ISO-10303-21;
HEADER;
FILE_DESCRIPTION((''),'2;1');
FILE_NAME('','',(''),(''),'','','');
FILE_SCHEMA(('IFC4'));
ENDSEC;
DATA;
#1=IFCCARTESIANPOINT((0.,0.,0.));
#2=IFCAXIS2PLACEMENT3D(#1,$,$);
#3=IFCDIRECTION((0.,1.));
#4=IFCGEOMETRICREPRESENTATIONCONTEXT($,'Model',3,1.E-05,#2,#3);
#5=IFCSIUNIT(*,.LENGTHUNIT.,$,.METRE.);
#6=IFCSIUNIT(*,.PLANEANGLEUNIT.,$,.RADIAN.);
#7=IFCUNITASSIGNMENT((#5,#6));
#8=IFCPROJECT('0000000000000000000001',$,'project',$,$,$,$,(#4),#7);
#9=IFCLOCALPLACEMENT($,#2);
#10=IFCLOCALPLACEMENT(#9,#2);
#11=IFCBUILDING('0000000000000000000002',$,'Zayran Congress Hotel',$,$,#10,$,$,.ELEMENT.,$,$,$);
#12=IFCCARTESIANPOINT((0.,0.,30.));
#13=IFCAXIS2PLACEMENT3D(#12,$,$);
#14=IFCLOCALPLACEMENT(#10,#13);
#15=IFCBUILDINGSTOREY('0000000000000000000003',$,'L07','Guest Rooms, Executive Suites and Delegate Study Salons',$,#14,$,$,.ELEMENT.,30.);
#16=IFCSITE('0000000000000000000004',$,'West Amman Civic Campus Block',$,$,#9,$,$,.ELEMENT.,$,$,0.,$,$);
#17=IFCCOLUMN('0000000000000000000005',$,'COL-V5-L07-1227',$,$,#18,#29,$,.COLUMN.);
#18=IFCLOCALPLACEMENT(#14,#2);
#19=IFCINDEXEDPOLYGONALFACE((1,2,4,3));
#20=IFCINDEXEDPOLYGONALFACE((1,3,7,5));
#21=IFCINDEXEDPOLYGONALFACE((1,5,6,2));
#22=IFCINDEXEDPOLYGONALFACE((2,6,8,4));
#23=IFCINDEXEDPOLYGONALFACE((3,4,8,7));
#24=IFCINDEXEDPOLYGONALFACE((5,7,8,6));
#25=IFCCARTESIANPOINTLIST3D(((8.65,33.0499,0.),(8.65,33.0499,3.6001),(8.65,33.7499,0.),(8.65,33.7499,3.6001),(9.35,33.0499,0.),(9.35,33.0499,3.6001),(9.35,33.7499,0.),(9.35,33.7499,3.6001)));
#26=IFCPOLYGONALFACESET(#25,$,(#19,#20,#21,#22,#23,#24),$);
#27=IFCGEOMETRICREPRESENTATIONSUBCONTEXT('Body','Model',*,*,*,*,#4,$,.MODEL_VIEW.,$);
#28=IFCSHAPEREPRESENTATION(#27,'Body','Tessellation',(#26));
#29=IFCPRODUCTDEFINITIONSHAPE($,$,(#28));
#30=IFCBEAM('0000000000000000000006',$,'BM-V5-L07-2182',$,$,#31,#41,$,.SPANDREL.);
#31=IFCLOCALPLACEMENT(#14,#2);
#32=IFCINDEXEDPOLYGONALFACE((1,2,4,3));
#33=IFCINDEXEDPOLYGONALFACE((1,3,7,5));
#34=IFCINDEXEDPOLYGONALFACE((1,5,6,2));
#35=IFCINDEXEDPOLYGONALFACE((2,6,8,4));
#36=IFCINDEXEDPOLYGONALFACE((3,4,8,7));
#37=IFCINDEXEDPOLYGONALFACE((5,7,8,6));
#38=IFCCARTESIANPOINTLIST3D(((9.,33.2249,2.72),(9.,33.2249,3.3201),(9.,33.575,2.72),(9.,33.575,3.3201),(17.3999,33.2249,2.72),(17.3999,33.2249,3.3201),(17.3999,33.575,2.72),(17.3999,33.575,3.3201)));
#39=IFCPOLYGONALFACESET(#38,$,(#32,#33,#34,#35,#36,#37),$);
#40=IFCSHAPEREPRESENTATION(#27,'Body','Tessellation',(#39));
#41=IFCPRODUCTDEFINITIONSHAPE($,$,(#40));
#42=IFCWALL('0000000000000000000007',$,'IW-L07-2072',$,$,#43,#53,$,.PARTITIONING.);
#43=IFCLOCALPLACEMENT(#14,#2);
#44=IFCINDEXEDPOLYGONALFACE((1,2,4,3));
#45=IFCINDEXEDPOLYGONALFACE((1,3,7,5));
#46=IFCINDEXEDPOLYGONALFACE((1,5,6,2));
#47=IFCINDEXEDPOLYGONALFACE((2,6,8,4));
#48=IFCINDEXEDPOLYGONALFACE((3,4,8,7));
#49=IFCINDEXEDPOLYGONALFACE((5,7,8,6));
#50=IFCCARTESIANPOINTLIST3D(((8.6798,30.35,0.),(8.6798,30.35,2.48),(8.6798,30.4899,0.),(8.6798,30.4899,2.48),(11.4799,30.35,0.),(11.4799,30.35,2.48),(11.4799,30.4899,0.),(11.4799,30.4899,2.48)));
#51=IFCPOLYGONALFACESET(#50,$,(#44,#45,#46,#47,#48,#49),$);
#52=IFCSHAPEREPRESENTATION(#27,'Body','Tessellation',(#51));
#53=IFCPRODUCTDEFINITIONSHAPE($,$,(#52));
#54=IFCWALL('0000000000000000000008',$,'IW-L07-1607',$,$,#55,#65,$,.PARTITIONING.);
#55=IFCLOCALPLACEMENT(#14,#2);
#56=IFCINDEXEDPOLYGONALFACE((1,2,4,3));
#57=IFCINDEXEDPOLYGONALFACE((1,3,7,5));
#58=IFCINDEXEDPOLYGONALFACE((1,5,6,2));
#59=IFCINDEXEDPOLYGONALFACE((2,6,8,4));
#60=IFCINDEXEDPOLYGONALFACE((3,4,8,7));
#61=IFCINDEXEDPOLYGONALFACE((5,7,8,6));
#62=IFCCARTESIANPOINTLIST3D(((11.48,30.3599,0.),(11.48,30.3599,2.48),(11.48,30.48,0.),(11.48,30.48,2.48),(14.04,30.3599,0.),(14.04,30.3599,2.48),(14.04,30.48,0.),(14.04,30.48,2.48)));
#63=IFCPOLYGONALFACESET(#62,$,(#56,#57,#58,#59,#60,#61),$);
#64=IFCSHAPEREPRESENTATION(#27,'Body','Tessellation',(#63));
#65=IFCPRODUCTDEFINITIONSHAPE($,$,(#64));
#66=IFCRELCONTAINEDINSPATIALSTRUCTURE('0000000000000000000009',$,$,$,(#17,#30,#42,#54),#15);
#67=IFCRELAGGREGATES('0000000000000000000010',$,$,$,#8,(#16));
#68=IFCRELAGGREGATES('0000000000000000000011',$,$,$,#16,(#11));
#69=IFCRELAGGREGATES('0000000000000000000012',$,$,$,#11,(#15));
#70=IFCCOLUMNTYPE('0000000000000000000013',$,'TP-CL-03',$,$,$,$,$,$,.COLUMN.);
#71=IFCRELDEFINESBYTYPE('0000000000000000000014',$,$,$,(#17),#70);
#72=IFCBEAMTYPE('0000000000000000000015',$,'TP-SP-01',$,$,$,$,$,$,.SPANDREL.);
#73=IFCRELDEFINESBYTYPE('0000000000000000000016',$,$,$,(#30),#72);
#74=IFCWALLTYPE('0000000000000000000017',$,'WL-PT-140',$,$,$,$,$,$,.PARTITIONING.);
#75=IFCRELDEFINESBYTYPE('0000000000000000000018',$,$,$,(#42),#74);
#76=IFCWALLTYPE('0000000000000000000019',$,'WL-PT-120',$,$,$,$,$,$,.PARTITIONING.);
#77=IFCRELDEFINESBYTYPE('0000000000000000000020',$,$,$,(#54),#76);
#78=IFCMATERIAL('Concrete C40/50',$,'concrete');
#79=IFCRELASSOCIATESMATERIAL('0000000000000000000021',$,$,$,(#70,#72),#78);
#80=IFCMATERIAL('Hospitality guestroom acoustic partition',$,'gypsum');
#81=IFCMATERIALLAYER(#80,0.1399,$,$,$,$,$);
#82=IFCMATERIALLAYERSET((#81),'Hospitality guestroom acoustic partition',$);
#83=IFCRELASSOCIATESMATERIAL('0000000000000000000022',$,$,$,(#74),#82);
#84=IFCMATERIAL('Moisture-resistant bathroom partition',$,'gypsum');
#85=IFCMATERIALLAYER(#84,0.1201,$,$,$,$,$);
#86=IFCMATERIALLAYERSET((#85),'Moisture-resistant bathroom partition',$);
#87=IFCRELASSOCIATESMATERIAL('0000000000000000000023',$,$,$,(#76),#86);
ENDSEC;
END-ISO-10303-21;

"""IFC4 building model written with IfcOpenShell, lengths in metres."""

from ifc_helpers import new_model, si_unit, direction, frame, frame_2d, origin, origin_2d, place, context, subcontext, project, spatial, rectangle, extrude, material, layer, layer_set, material_profile, profile_set, type_object, element, save


model = new_model("IFC4")

# Units and contexts
model_context = context("Model", 3, precision=1e-05, world=origin(), true_north=direction((0.0, 1.0)))
body_context = subcontext(model_context, "Body", "Model", "MODEL_VIEW")
ifc_project = project(units=[si_unit("LENGTHUNIT", "METRE"), si_unit("PLANEANGLEUNIT", "RADIAN")], contexts=[model_context])

# Site, building, storey
site_placement = place(None, origin())
site = spatial("IfcSite", under=ifc_project, at=site_placement, Name="West Amman Civic Campus Block", CompositionType="ELEMENT", RefElevation=0.0)
building_placement = place(site_placement, origin())
building = spatial("IfcBuilding", under=site, at=building_placement, Name="Zayran Congress Hotel", CompositionType="ELEMENT")
storey_placement = place(building_placement, frame((0.0, 0.0, 30.0)))
storey = spatial("IfcBuildingStorey", under=building, at=storey_placement, Name="L07", Description="Guest Rooms, Executive Suites and Delegate Study Salons", CompositionType="ELEMENT", Elevation=30.0)

# Column
ifc_material_1 = material(Name="Concrete C40/50", Category="concrete")
ifc_material_profile_1 = material_profile(ifc_material_1, rectangle(XDim=0.7, YDim=0.7, at=origin_2d()), Name="RC 700x700")
ifc_profile_set_1 = profile_set([ifc_material_profile_1], Name="Concrete C40/50")
column_type = type_object("IfcColumnType", Name="TP-CL-03", PredefinedType="COLUMN", material=ifc_profile_set_1)
column_placement = place(storey_placement, frame((9.0, 33.3999, 0.0), z_axis=(0.0, 0.0, 1.0), x_axis=(1.0, 0.0, 0.0)))
element("IfcColumn", 1, at=column_placement, inside=storey, type_object=column_type, Name="COL-V5-L07-1227", PredefinedType="COLUMN", context=body_context, shape_type="SweptSolid", body=[
    extrude(rectangle(XDim=0.7, YDim=0.7, at=origin_2d()), origin(), (0.0, 0.0, 1.0), 3.6001),
])

# Beam
ifc_material_profile_2 = material_profile(ifc_material_1, rectangle(XDim=0.3501, YDim=0.6001, at=origin_2d()), Name="RC 350x600")
ifc_profile_set_2 = profile_set([ifc_material_profile_2], Name="Concrete C40/50")
beam_type = type_object("IfcBeamType", Name="TP-SP-01", PredefinedType="SPANDREL", material=ifc_profile_set_2)
beam_placement = place(storey_placement, frame((9.0, 33.3999, 3.02), z_axis=(1.0, 0.0, 0.0), x_axis=(0.0, 1.0, 0.0)))
element("IfcBeam", 2, at=beam_placement, inside=storey, type_object=beam_type, Name="BM-V5-L07-2182", PredefinedType="SPANDREL", context=body_context, shape_type="SweptSolid", body=[
    extrude(rectangle(XDim=0.3501, YDim=0.6001, at=origin_2d()), origin(), (0.0, 0.0, 1.0), 8.3999),
])

# Walls
ifc_material_2 = material(Name="Hospitality guestroom acoustic partition", Category="gypsum")
ifc_layer_1 = layer(ifc_material_2, 0.1399)
ifc_layer_set_1 = layer_set([ifc_layer_1], Name="Hospitality guestroom acoustic partition")
wall_type_1 = type_object("IfcWallType", Name="WL-PT-140", PredefinedType="PARTITIONING", material=ifc_layer_set_1)
wall_1_placement = place(storey_placement, frame((8.6799, 30.4199, 0.0), z_axis=(0.0, 0.0, 1.0), x_axis=(1.0, 0.0, 0.0)))
element("IfcWall", 3, at=wall_1_placement, inside=storey, type_object=wall_type_1, Name="IW-L07-2072", PredefinedType="PARTITIONING", context=body_context, shape_type="SweptSolid", body=[
    extrude(rectangle(XDim=2.8, YDim=0.1399, at=frame_2d((1.3999, 0.0))), origin(), (0.0, 0.0, 1.0), 2.48),
])
ifc_material_3 = material(Name="Moisture-resistant bathroom partition", Category="gypsum")
ifc_layer_2 = layer(ifc_material_3, 0.1201)
ifc_layer_set_2 = layer_set([ifc_layer_2], Name="Moisture-resistant bathroom partition")
wall_type_2 = type_object("IfcWallType", Name="WL-PT-120", PredefinedType="PARTITIONING", material=ifc_layer_set_2)
wall_2_placement = place(storey_placement, frame((11.48, 30.4199, 0.0), z_axis=(0.0, 0.0, 1.0), x_axis=(1.0, 0.0, 0.0)))
element("IfcWall", 4, at=wall_2_placement, inside=storey, type_object=wall_type_2, Name="IW-L07-1607", PredefinedType="PARTITIONING", context=body_context, shape_type="SweptSolid", body=[
    extrude(rectangle(XDim=2.5601, YDim=0.1201, at=frame_2d((1.28, 0.0))), origin(), (0.0, 0.0, 1.0), 2.48),
])

save(model, "model.ifc")
